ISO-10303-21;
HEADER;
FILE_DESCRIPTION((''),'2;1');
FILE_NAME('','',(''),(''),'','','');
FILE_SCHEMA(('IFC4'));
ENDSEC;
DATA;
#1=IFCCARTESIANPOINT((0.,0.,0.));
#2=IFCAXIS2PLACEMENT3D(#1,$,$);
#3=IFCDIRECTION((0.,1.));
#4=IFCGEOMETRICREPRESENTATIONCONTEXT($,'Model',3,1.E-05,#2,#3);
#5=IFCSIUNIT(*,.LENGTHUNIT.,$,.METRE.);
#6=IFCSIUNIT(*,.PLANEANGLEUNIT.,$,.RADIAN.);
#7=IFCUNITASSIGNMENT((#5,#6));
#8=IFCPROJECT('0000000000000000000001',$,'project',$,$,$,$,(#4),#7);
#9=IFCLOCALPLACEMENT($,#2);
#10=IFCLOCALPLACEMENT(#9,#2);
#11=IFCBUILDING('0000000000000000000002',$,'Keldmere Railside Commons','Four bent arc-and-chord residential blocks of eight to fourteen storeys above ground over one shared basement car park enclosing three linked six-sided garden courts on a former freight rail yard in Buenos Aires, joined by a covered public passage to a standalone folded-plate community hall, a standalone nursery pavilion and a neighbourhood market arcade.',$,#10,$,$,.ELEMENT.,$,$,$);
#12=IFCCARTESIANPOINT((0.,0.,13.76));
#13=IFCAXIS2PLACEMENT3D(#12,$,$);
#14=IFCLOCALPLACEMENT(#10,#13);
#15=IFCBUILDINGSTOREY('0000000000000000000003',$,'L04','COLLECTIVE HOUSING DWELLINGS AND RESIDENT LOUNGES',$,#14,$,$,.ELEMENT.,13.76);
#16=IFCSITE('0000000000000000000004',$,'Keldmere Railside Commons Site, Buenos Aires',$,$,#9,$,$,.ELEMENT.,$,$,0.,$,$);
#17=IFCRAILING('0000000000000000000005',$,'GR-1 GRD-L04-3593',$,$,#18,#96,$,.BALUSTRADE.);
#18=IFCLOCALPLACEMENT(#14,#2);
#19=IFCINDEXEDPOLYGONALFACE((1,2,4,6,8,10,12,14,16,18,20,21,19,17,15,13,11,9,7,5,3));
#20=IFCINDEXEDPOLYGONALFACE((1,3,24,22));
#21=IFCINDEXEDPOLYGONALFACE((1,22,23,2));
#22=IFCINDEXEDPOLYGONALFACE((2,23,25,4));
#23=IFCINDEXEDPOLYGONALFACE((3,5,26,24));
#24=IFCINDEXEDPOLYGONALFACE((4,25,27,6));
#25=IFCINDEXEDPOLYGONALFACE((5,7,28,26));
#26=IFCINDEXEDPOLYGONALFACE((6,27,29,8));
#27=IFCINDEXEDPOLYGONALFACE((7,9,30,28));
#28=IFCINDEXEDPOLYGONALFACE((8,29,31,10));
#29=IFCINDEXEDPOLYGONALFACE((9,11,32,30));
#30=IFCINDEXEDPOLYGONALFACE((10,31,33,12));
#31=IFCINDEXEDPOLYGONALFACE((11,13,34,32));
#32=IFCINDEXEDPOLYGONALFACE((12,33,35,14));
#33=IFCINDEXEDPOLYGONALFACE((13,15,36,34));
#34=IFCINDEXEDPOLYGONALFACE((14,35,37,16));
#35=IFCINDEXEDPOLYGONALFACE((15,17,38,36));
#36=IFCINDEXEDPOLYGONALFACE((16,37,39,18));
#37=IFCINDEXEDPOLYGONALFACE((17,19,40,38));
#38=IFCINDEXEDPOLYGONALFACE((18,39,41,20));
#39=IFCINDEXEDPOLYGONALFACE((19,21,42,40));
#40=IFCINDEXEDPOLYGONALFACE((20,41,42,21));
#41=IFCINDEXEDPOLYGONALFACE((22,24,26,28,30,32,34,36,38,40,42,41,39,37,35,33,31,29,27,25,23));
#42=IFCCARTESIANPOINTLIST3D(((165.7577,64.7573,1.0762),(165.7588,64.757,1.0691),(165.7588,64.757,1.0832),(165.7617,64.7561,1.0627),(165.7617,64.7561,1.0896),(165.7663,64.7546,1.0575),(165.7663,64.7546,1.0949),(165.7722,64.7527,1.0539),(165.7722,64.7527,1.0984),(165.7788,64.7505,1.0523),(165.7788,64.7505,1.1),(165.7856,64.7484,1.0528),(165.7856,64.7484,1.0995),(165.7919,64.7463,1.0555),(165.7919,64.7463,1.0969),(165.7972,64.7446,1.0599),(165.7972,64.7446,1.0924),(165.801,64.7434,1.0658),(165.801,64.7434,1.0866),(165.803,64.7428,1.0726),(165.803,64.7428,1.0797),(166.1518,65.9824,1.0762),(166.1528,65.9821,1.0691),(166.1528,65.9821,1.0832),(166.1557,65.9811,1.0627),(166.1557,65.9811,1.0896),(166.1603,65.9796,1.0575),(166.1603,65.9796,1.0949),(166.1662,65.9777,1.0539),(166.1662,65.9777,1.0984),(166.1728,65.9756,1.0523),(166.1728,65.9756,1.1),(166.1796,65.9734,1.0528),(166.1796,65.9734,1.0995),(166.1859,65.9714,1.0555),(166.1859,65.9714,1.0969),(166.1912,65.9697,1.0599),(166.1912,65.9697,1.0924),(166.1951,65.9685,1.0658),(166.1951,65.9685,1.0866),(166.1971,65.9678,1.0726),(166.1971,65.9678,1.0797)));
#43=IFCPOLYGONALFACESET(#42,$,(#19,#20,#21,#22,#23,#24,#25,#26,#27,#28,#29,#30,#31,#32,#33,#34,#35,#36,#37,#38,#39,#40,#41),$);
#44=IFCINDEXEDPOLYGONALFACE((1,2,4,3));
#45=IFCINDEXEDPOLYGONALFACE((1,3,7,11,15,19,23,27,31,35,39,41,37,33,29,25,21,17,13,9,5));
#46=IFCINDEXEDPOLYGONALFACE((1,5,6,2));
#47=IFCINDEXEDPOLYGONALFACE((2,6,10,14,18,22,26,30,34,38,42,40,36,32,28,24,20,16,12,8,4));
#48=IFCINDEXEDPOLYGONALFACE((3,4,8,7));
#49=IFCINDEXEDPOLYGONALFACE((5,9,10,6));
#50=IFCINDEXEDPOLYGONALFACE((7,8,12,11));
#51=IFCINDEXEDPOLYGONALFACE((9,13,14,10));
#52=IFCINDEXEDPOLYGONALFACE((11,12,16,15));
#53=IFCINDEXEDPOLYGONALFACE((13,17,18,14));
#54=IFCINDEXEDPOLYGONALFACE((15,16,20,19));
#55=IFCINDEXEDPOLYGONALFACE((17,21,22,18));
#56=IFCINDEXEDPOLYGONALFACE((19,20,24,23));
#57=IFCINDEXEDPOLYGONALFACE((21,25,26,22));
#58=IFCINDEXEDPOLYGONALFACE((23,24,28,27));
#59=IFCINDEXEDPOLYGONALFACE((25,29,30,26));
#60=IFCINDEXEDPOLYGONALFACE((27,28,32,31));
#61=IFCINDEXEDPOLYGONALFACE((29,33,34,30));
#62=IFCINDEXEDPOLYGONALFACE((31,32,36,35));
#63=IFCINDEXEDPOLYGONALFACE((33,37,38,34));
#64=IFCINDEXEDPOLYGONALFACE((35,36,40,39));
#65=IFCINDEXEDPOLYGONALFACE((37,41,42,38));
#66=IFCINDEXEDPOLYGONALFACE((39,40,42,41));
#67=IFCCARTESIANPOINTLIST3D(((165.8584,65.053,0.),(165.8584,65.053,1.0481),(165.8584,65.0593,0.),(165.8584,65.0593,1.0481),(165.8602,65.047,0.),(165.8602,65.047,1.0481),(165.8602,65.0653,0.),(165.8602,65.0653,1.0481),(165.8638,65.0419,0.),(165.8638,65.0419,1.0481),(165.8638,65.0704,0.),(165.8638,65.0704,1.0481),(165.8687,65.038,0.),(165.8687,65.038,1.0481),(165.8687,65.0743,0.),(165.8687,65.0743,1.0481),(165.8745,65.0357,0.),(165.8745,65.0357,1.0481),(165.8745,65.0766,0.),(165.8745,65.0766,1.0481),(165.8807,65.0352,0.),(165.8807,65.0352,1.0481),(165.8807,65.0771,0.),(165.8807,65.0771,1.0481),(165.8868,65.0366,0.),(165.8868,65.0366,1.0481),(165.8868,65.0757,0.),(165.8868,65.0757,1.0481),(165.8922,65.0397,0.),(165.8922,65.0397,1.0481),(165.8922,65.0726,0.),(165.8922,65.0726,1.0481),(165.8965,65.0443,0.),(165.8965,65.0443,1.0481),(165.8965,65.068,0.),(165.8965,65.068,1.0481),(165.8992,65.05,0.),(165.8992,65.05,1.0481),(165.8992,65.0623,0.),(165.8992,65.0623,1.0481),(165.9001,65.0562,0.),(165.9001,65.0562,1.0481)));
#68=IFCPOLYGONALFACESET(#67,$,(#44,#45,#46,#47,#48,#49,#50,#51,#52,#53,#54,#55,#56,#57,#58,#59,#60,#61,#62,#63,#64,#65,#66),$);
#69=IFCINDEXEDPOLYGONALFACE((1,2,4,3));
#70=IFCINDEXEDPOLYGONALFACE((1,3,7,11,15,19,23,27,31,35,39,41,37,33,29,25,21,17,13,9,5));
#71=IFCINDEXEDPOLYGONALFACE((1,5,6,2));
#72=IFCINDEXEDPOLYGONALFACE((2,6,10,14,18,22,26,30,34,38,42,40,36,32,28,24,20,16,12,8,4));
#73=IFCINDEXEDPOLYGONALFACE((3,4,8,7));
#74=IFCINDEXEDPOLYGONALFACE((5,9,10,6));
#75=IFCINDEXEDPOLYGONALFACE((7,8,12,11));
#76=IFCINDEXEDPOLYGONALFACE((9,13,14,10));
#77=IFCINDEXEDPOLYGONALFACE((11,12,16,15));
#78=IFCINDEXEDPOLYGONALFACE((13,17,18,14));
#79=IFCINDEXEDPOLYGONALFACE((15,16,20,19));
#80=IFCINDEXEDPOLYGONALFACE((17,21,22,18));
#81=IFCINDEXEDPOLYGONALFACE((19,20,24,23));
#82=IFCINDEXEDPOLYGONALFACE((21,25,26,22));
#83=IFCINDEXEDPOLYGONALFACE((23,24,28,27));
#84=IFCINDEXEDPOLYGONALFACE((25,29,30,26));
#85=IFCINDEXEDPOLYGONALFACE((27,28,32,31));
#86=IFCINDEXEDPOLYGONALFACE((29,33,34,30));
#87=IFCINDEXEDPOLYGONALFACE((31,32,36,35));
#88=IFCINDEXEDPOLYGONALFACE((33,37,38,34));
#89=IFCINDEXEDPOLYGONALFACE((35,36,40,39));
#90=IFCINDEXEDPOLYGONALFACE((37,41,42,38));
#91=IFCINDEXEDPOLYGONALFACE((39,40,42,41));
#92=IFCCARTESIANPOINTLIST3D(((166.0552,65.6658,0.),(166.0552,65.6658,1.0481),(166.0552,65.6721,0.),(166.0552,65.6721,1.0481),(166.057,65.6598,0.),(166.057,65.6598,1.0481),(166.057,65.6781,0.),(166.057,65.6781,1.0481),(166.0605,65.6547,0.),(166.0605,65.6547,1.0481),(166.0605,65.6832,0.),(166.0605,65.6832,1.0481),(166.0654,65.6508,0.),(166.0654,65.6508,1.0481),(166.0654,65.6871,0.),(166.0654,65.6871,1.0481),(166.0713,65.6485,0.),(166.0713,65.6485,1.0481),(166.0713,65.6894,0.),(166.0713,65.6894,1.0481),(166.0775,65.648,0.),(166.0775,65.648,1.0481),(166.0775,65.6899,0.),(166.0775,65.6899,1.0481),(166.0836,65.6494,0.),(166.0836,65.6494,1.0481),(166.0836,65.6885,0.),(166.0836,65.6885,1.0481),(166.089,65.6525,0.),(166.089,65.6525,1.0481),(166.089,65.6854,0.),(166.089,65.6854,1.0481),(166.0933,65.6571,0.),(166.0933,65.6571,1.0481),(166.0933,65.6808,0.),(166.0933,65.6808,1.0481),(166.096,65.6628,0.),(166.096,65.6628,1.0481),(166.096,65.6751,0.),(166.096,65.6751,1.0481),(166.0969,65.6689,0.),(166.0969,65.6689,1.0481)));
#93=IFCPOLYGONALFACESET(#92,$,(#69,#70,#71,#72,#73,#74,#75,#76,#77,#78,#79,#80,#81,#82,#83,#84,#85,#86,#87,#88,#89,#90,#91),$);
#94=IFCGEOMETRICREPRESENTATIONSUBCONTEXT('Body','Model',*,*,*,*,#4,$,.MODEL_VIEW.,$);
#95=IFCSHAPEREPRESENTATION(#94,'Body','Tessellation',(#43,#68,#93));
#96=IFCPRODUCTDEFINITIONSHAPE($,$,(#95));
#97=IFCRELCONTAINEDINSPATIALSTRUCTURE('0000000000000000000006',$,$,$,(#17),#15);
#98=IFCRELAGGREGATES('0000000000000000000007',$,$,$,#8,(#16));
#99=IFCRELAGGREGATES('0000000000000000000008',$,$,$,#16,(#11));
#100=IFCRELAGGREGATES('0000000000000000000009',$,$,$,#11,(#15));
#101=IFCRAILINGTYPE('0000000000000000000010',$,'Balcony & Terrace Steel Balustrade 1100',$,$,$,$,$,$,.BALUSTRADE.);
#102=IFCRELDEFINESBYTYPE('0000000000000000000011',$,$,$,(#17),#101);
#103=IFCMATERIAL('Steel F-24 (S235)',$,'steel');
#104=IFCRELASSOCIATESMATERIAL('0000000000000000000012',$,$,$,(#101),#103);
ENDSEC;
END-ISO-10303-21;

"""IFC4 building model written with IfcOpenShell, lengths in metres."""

from ifc_helpers import new_model, si_unit, direction, frame, origin, origin_2d, place, context, subcontext, project, spatial, circle, extrude, material, type_object, element, save


model = new_model("IFC4")

# Units and contexts
model_context = context("Model", 3, precision=1e-05, world=origin(), true_north=direction((0.0, 1.0)))
body_context = subcontext(model_context, "Body", "Model", "MODEL_VIEW")
ifc_project = project(units=[si_unit("LENGTHUNIT", "METRE"), si_unit("PLANEANGLEUNIT", "RADIAN")], contexts=[model_context])

# Site, building, storey
site_placement = place(None, origin())
site = spatial("IfcSite", under=ifc_project, at=site_placement, Name="Keldmere Railside Commons Site, Buenos Aires", CompositionType="ELEMENT", RefElevation=0.0)
building_placement = place(site_placement, origin())
building = spatial("IfcBuilding", under=site, at=building_placement, Name="Keldmere Railside Commons", Description="Four bent arc-and-chord residential blocks of eight to fourteen storeys above ground over one shared basement car park enclosing three linked six-sided garden courts on a former freight rail yard in Buenos Aires, joined by a covered public passage to a standalone folded-plate community hall, a standalone nursery pavilion and a neighbourhood market arcade.", CompositionType="ELEMENT")
storey_placement = place(building_placement, frame((0.0, 0.0, 13.76)))
storey = spatial("IfcBuildingStorey", under=building, at=storey_placement, Name="L04", Description="COLLECTIVE HOUSING DWELLINGS AND RESIDENT LOUNGES", CompositionType="ELEMENT", Elevation=13.76)

# Railing
ifc_material_1 = material(Name="Steel F-24 (S235)", Category="steel")
railing_type = type_object("IfcRailingType", Name="Balcony & Terrace Steel Balustrade 1100", PredefinedType="BALUSTRADE", material=ifc_material_1)
railing_1_placement = place(storey_placement, frame((165.7805, 64.75, 0.0)))
element("IfcRailing", 1, at=railing_1_placement, inside=storey, type_object=railing_type, Name="GR-1 GRD-L04-3593", PredefinedType="BALUSTRADE", context=body_context, shape_type="SweptSolid", body=[
    extrude(circle(Radius=0.0239, at=origin_2d()), frame((0.0, 0.0, 1.0762), z_axis=(0.306193, 0.951969, 0.0), x_axis=(-0.951969, 0.306193, 0.0)), (0.0, 0.0, 1.0), 1.2869),
    extrude(circle(Radius=0.021, at=origin_2d()), frame((0.0986, 0.3062, 0.0)), (0.0, 0.0, 1.0), 1.0481),
    extrude(circle(Radius=0.021, at=origin_2d()), frame((0.2954, 0.9189, 0.0)), (0.0, 0.0, 1.0), 1.0481),
])

save(model, "model.ifc")
